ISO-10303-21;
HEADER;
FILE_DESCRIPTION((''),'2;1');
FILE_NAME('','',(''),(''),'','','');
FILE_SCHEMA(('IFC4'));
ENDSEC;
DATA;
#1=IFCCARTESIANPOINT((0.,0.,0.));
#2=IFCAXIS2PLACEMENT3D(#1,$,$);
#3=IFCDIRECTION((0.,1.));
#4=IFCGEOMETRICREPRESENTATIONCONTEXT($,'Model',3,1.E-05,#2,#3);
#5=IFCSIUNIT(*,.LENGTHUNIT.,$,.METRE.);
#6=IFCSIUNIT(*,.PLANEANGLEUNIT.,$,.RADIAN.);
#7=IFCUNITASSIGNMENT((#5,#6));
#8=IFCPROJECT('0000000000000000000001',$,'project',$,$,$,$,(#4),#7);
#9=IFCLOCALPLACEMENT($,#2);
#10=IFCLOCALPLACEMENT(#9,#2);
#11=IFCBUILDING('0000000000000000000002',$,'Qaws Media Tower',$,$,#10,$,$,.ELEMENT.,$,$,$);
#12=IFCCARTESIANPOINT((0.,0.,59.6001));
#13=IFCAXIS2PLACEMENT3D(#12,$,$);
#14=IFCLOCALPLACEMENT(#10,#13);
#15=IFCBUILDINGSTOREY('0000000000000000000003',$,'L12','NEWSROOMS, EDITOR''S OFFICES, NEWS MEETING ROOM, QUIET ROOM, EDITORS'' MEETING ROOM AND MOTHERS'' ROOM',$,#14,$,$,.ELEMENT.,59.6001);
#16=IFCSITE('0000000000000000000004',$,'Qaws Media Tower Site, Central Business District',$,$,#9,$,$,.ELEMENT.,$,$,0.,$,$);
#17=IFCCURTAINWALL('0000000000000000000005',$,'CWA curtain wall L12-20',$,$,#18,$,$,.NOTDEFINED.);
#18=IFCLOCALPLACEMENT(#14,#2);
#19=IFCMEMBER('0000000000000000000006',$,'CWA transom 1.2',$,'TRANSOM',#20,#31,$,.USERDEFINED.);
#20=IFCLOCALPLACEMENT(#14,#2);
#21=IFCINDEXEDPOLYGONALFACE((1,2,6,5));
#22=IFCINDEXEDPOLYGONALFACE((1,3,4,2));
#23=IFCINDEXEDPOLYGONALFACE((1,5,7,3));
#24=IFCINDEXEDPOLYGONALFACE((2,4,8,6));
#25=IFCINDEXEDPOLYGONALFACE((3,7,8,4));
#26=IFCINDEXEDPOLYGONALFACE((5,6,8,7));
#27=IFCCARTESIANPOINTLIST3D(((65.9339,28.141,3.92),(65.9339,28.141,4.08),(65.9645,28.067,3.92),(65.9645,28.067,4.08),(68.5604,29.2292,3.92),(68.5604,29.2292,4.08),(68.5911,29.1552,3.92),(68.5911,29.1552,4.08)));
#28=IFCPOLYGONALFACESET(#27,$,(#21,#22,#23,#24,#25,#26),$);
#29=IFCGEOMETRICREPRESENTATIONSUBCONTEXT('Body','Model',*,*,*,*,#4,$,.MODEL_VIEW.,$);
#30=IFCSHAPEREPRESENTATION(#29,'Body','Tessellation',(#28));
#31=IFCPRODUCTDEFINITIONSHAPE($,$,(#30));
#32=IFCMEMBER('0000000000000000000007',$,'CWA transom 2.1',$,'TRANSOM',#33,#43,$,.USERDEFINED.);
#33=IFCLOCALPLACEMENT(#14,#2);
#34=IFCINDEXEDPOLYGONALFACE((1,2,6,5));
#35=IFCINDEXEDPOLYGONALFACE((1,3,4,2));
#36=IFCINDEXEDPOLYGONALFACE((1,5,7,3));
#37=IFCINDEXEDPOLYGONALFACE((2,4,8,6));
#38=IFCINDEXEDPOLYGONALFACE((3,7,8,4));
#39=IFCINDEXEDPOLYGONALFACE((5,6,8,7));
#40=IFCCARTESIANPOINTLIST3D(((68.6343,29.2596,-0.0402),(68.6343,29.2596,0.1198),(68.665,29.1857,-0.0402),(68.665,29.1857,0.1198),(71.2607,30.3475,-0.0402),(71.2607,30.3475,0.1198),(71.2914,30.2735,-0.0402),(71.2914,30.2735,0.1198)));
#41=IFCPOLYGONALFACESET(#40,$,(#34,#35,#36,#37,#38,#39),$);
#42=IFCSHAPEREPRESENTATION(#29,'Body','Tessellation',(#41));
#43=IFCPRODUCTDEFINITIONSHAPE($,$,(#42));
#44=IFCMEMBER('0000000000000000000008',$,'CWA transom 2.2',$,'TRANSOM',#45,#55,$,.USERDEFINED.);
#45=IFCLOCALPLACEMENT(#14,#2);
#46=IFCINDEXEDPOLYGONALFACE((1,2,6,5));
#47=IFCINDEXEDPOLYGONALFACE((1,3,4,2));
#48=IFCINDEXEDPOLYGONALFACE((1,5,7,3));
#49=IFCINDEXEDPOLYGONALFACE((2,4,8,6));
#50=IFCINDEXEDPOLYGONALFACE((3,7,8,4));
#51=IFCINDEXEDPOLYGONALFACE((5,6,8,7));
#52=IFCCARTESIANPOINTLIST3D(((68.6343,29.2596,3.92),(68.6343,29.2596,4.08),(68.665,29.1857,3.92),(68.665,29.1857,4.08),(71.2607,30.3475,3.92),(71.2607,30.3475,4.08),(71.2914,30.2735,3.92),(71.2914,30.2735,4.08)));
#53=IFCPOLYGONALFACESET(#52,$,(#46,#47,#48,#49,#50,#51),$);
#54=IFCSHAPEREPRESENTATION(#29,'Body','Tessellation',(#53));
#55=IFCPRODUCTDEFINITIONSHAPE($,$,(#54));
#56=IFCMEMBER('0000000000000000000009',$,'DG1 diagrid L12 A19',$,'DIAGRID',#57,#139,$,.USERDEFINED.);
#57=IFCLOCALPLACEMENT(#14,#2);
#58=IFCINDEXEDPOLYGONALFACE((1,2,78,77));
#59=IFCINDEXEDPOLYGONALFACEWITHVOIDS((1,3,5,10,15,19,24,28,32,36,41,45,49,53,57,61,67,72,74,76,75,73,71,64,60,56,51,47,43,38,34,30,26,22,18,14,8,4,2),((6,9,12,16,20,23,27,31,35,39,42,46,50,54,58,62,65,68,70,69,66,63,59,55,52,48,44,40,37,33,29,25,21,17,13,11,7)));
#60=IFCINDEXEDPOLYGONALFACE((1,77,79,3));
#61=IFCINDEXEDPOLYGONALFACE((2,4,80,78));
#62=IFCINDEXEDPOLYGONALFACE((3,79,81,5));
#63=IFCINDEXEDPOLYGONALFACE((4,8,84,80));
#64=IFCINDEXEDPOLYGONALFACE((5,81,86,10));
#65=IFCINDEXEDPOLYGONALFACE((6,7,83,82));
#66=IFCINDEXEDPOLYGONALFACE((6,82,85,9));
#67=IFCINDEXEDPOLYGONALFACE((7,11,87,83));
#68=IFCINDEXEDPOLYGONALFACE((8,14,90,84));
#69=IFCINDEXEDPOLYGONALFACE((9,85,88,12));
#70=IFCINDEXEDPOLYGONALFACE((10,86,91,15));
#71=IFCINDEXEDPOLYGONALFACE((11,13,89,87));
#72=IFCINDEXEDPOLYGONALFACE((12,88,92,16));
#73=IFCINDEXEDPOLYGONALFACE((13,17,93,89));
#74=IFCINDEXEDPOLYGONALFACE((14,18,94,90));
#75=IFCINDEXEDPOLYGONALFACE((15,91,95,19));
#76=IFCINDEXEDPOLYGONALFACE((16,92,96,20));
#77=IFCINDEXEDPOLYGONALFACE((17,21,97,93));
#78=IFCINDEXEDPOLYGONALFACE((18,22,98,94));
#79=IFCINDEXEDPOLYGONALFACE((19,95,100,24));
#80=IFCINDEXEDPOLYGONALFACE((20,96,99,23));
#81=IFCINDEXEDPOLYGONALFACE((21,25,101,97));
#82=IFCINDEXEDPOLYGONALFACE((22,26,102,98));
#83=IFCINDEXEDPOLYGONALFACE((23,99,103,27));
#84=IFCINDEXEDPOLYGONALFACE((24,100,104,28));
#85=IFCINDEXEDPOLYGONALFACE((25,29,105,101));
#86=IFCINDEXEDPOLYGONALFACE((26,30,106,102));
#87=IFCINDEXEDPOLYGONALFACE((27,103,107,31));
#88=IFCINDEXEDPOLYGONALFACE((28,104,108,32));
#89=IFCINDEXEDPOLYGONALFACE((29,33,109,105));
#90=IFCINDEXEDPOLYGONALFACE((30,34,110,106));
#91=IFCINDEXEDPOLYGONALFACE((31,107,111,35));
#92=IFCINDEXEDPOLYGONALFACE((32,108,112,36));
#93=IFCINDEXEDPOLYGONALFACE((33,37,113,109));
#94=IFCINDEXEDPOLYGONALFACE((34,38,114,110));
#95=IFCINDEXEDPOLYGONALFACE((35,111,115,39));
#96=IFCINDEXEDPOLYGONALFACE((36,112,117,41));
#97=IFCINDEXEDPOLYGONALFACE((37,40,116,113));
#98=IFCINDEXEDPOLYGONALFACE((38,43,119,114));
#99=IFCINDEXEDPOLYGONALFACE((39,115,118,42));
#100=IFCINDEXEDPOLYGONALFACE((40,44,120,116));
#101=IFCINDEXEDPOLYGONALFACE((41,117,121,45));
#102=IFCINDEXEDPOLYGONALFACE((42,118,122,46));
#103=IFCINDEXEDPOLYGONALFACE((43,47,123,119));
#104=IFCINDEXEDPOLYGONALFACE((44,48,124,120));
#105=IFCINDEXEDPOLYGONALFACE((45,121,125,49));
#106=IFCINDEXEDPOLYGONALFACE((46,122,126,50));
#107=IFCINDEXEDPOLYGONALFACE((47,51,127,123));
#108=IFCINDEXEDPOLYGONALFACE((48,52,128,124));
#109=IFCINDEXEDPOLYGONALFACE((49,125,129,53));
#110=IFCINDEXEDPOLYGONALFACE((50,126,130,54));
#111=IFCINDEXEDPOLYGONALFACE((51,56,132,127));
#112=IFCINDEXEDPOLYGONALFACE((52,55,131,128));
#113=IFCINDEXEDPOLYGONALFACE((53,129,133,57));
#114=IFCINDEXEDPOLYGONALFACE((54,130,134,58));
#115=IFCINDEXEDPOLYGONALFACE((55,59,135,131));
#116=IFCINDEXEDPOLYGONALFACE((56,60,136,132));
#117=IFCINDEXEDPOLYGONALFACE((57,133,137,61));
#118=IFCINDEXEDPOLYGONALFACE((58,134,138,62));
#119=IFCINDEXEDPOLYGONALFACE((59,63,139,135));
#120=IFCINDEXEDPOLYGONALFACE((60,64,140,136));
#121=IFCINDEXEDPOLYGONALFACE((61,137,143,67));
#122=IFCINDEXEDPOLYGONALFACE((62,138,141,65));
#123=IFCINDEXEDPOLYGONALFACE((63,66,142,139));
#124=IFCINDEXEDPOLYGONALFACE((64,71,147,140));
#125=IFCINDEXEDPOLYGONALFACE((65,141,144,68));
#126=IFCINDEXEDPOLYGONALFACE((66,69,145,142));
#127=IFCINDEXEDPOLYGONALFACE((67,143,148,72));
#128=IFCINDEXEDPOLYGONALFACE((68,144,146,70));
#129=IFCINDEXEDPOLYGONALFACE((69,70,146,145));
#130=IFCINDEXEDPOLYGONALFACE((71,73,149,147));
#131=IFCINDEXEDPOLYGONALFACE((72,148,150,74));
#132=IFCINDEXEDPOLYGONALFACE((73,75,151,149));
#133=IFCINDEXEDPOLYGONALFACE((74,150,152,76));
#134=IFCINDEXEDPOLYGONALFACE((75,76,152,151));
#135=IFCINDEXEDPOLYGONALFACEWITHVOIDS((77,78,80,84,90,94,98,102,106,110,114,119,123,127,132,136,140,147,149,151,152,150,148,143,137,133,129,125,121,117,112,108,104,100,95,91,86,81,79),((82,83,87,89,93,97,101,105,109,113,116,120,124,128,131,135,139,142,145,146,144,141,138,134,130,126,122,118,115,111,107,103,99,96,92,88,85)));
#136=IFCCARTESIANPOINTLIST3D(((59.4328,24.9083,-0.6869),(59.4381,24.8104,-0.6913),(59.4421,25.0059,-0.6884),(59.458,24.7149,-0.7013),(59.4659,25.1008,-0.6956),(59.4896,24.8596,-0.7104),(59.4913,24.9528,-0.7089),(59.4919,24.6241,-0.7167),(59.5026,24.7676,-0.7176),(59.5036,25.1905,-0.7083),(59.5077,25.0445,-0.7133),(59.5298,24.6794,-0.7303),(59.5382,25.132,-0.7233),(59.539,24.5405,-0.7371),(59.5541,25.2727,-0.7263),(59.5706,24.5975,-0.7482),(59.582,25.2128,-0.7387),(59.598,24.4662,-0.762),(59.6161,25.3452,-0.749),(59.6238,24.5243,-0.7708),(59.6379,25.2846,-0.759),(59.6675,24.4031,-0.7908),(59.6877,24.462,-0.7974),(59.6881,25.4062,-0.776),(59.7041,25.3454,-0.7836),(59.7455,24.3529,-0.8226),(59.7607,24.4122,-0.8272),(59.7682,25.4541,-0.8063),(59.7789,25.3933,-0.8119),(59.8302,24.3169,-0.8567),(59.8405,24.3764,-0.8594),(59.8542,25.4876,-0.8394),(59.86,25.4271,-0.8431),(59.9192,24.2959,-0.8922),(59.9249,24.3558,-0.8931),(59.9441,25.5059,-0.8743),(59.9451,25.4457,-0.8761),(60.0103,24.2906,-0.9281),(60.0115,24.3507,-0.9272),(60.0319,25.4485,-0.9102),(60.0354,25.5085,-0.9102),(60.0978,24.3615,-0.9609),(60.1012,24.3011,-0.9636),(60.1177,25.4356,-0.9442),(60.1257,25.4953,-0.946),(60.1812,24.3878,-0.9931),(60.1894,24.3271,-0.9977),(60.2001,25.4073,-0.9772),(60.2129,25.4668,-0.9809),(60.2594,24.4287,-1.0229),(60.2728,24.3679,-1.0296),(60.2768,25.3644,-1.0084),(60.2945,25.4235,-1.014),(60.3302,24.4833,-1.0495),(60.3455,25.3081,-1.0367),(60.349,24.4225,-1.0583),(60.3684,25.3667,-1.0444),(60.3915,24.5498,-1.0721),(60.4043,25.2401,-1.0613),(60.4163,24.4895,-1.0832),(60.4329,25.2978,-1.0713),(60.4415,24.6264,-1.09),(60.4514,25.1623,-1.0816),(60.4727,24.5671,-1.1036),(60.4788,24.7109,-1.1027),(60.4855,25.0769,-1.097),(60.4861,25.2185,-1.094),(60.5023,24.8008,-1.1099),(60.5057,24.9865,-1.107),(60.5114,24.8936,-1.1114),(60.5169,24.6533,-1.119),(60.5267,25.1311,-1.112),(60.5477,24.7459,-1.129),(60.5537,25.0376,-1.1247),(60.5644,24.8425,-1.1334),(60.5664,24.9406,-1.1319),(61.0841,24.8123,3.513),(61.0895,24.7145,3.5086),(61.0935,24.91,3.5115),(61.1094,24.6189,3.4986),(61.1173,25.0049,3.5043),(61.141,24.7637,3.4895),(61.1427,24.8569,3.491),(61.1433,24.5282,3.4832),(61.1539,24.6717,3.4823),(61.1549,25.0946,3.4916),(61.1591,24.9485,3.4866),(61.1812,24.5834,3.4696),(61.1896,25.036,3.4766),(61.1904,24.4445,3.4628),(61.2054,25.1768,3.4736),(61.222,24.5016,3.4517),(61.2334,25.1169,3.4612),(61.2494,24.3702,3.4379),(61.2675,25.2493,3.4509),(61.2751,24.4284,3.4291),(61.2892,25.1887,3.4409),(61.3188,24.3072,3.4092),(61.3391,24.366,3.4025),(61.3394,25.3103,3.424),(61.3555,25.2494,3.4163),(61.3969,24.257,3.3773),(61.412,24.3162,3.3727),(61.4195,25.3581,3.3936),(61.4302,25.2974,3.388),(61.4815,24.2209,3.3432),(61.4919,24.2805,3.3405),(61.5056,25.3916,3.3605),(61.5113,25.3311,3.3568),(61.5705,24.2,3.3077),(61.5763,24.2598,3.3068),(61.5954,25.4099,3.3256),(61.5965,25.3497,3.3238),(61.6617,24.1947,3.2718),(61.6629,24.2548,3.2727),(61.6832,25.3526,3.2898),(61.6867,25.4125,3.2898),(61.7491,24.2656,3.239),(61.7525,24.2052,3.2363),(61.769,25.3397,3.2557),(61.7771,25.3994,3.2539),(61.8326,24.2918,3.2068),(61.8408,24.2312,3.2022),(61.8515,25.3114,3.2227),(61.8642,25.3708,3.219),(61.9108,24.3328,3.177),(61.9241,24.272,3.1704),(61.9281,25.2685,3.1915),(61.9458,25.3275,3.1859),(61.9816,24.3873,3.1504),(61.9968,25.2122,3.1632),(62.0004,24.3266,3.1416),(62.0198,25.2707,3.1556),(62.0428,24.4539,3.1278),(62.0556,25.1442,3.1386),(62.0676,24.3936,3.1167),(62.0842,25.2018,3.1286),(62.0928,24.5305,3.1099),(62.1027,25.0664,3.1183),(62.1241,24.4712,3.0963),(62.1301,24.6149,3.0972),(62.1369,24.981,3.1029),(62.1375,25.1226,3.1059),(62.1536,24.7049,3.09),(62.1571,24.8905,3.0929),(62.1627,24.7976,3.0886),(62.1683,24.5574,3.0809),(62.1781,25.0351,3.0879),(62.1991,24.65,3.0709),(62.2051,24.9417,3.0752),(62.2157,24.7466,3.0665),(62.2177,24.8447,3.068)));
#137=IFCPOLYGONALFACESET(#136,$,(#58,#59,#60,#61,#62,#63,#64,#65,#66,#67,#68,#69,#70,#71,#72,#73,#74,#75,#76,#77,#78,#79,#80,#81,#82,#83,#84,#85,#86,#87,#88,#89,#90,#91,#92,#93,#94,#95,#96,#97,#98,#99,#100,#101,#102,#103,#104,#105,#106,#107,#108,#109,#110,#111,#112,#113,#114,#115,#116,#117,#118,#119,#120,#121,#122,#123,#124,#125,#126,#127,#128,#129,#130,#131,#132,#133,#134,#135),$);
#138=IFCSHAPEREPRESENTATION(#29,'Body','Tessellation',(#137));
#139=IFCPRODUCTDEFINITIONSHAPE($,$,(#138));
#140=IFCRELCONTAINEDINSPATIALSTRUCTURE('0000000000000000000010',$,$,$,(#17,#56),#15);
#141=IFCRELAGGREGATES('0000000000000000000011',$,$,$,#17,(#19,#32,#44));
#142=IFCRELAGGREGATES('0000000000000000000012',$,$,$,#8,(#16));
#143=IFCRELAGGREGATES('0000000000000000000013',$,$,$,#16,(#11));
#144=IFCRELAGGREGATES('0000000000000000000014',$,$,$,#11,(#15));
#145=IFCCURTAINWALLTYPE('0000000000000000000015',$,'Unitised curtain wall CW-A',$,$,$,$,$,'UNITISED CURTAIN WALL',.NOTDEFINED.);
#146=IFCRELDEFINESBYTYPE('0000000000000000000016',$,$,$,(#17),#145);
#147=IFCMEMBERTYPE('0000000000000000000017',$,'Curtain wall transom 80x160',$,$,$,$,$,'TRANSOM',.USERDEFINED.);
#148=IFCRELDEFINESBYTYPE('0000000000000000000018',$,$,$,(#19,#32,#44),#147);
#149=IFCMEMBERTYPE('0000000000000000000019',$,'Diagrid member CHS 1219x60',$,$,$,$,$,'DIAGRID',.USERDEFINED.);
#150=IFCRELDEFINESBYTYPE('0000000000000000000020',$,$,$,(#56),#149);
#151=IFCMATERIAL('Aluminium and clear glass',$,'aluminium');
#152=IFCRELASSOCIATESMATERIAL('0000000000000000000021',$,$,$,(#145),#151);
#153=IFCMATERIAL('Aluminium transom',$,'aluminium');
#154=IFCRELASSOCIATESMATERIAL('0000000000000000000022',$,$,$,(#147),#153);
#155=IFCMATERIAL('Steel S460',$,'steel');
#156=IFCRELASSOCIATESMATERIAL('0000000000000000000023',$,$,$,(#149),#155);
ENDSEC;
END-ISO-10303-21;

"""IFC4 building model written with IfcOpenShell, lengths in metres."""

from ifc_helpers import new_model, si_unit, direction, frame, origin, origin_2d, place, context, subcontext, project, spatial, rectangle, hollow_circle, extrude, material, material_profile, profile_set, type_object, element, aggregate, save


model = new_model("IFC4")

# Units and contexts
model_context = context("Model", 3, precision=1e-05, world=origin(), true_north=direction((0.0, 1.0)))
body_context = subcontext(model_context, "Body", "Model", "MODEL_VIEW")
ifc_project = project(units=[si_unit("LENGTHUNIT", "METRE"), si_unit("PLANEANGLEUNIT", "RADIAN")], contexts=[model_context])

# Site, building, storey
site_placement = place(None, origin())
site = spatial("IfcSite", under=ifc_project, at=site_placement, Name="Qaws Media Tower Site, Central Business District", CompositionType="ELEMENT", RefElevation=0.0)
building_placement = place(site_placement, origin())
building = spatial("IfcBuilding", under=site, at=building_placement, Name="Qaws Media Tower", CompositionType="ELEMENT")
storey_placement = place(building_placement, frame((0.0, 0.0, 59.6001)))
storey = spatial("IfcBuildingStorey", under=building, at=storey_placement, Name="L12", Description="NEWSROOMS, EDITOR'S OFFICES, NEWS MEETING ROOM, QUIET ROOM, EDITORS' MEETING ROOM AND MOTHERS' ROOM", CompositionType="ELEMENT", Elevation=59.6001)

# Curtain wall
ifc_material_1 = material(Name="Aluminium and clear glass", Category="aluminium")
curtain_wall_type = type_object("IfcCurtainWallType", Name="Unitised curtain wall CW-A", ElementType="UNITISED CURTAIN WALL", PredefinedType="NOTDEFINED", material=ifc_material_1)
curtain_wall_1_placement = place(storey_placement, origin())
curtain_wall_1 = element("IfcCurtainWall", 1, at=curtain_wall_1_placement, inside=storey, type_object=curtain_wall_type, Name="CWA curtain wall L12-20", PredefinedType="NOTDEFINED")

# Members
ifc_material_2 = material(Name="Aluminium transom", Category="aluminium")
ifc_material_profile_1 = material_profile(ifc_material_2, rectangle(XDim=0.0801, YDim=0.1599, at=origin_2d()), Name="80x160")
ifc_profile_set_1 = profile_set([ifc_material_profile_1], Name="Aluminium transom")
member_type_1 = type_object("IfcMemberType", Name="Curtain wall transom 80x160", ElementType="TRANSOM", PredefinedType="USERDEFINED", material=ifc_profile_set_1)
member_1_placement = place(storey_placement, frame((65.9492, 28.104, 4.0), z_axis=(0.923852, 0.382749, 0.0), x_axis=(-0.382749, 0.923852, 0.0)))
member_1 = element("IfcMember", 2, at=member_1_placement, type_object=member_type_1, Name="CWA transom 1.2", ObjectType="TRANSOM", PredefinedType="USERDEFINED", context=body_context, shape_type="SweptSolid", body=[
    extrude(rectangle(XDim=0.0801, YDim=0.1599, at=origin_2d()), origin(), (0.0, 0.0, 1.0), 2.843),
])
member_2_placement = place(storey_placement, frame((68.6497, 29.2227, 0.0398), z_axis=(0.923883, 0.382675, 0.0), x_axis=(-0.382675, 0.923883, 0.0)))
member_2 = element("IfcMember", 3, at=member_2_placement, type_object=member_type_1, Name="CWA transom 2.1", ObjectType="TRANSOM", PredefinedType="USERDEFINED", context=body_context, shape_type="SweptSolid", body=[
    extrude(rectangle(XDim=0.0801, YDim=0.1599, at=origin_2d()), origin(), (0.0, 0.0, 1.0), 2.8428),
])
member_3_placement = place(storey_placement, frame((68.6497, 29.2227, 4.0), z_axis=(0.923883, 0.382675, 0.0), x_axis=(-0.382675, 0.923883, 0.0)))
member_3 = element("IfcMember", 4, at=member_3_placement, type_object=member_type_1, Name="CWA transom 2.2", ObjectType="TRANSOM", PredefinedType="USERDEFINED", context=body_context, shape_type="SweptSolid", body=[
    extrude(rectangle(XDim=0.0801, YDim=0.1599, at=origin_2d()), origin(), (0.0, 0.0, 1.0), 2.8428),
])

# Member
ifc_material_3 = material(Name="Steel S460", Category="steel")
ifc_material_profile_2 = material_profile(ifc_material_3, hollow_circle(Radius=0.6096, WallThickness=0.0601, at=origin_2d()), Name="CHS 1219x60")
ifc_profile_set_2 = profile_set([ifc_material_profile_2], Name="Steel S460")
member_type_2 = type_object("IfcMemberType", Name="Diagrid member CHS 1219x60", ElementType="DIAGRID", PredefinedType="USERDEFINED", material=ifc_profile_set_2)
for number, where, z_axis, x_axis, name in (
    (5, (60.0, 24.8999, -0.9102), (0.365836, -0.021256, 0.930437), (0.058004, 0.998316, 0.0), "DG1 diagrid L12 A19"),
):
    element("IfcMember", number, at=place(storey_placement, frame(where, z_axis=z_axis, x_axis=x_axis)), inside=storey, type_object=member_type_2, Name=name, ObjectType="DIAGRID", PredefinedType="USERDEFINED", context=body_context, shape_type="SweptSolid", body=[
        extrude(hollow_circle(Radius=0.6096, WallThickness=0.0601, at=origin_2d()), origin(), (0.0, 0.0, 1.0), 4.5139),
    ])

aggregate(curtain_wall_1, [member_1, member_2, member_3])

save(model, "model.ifc")
